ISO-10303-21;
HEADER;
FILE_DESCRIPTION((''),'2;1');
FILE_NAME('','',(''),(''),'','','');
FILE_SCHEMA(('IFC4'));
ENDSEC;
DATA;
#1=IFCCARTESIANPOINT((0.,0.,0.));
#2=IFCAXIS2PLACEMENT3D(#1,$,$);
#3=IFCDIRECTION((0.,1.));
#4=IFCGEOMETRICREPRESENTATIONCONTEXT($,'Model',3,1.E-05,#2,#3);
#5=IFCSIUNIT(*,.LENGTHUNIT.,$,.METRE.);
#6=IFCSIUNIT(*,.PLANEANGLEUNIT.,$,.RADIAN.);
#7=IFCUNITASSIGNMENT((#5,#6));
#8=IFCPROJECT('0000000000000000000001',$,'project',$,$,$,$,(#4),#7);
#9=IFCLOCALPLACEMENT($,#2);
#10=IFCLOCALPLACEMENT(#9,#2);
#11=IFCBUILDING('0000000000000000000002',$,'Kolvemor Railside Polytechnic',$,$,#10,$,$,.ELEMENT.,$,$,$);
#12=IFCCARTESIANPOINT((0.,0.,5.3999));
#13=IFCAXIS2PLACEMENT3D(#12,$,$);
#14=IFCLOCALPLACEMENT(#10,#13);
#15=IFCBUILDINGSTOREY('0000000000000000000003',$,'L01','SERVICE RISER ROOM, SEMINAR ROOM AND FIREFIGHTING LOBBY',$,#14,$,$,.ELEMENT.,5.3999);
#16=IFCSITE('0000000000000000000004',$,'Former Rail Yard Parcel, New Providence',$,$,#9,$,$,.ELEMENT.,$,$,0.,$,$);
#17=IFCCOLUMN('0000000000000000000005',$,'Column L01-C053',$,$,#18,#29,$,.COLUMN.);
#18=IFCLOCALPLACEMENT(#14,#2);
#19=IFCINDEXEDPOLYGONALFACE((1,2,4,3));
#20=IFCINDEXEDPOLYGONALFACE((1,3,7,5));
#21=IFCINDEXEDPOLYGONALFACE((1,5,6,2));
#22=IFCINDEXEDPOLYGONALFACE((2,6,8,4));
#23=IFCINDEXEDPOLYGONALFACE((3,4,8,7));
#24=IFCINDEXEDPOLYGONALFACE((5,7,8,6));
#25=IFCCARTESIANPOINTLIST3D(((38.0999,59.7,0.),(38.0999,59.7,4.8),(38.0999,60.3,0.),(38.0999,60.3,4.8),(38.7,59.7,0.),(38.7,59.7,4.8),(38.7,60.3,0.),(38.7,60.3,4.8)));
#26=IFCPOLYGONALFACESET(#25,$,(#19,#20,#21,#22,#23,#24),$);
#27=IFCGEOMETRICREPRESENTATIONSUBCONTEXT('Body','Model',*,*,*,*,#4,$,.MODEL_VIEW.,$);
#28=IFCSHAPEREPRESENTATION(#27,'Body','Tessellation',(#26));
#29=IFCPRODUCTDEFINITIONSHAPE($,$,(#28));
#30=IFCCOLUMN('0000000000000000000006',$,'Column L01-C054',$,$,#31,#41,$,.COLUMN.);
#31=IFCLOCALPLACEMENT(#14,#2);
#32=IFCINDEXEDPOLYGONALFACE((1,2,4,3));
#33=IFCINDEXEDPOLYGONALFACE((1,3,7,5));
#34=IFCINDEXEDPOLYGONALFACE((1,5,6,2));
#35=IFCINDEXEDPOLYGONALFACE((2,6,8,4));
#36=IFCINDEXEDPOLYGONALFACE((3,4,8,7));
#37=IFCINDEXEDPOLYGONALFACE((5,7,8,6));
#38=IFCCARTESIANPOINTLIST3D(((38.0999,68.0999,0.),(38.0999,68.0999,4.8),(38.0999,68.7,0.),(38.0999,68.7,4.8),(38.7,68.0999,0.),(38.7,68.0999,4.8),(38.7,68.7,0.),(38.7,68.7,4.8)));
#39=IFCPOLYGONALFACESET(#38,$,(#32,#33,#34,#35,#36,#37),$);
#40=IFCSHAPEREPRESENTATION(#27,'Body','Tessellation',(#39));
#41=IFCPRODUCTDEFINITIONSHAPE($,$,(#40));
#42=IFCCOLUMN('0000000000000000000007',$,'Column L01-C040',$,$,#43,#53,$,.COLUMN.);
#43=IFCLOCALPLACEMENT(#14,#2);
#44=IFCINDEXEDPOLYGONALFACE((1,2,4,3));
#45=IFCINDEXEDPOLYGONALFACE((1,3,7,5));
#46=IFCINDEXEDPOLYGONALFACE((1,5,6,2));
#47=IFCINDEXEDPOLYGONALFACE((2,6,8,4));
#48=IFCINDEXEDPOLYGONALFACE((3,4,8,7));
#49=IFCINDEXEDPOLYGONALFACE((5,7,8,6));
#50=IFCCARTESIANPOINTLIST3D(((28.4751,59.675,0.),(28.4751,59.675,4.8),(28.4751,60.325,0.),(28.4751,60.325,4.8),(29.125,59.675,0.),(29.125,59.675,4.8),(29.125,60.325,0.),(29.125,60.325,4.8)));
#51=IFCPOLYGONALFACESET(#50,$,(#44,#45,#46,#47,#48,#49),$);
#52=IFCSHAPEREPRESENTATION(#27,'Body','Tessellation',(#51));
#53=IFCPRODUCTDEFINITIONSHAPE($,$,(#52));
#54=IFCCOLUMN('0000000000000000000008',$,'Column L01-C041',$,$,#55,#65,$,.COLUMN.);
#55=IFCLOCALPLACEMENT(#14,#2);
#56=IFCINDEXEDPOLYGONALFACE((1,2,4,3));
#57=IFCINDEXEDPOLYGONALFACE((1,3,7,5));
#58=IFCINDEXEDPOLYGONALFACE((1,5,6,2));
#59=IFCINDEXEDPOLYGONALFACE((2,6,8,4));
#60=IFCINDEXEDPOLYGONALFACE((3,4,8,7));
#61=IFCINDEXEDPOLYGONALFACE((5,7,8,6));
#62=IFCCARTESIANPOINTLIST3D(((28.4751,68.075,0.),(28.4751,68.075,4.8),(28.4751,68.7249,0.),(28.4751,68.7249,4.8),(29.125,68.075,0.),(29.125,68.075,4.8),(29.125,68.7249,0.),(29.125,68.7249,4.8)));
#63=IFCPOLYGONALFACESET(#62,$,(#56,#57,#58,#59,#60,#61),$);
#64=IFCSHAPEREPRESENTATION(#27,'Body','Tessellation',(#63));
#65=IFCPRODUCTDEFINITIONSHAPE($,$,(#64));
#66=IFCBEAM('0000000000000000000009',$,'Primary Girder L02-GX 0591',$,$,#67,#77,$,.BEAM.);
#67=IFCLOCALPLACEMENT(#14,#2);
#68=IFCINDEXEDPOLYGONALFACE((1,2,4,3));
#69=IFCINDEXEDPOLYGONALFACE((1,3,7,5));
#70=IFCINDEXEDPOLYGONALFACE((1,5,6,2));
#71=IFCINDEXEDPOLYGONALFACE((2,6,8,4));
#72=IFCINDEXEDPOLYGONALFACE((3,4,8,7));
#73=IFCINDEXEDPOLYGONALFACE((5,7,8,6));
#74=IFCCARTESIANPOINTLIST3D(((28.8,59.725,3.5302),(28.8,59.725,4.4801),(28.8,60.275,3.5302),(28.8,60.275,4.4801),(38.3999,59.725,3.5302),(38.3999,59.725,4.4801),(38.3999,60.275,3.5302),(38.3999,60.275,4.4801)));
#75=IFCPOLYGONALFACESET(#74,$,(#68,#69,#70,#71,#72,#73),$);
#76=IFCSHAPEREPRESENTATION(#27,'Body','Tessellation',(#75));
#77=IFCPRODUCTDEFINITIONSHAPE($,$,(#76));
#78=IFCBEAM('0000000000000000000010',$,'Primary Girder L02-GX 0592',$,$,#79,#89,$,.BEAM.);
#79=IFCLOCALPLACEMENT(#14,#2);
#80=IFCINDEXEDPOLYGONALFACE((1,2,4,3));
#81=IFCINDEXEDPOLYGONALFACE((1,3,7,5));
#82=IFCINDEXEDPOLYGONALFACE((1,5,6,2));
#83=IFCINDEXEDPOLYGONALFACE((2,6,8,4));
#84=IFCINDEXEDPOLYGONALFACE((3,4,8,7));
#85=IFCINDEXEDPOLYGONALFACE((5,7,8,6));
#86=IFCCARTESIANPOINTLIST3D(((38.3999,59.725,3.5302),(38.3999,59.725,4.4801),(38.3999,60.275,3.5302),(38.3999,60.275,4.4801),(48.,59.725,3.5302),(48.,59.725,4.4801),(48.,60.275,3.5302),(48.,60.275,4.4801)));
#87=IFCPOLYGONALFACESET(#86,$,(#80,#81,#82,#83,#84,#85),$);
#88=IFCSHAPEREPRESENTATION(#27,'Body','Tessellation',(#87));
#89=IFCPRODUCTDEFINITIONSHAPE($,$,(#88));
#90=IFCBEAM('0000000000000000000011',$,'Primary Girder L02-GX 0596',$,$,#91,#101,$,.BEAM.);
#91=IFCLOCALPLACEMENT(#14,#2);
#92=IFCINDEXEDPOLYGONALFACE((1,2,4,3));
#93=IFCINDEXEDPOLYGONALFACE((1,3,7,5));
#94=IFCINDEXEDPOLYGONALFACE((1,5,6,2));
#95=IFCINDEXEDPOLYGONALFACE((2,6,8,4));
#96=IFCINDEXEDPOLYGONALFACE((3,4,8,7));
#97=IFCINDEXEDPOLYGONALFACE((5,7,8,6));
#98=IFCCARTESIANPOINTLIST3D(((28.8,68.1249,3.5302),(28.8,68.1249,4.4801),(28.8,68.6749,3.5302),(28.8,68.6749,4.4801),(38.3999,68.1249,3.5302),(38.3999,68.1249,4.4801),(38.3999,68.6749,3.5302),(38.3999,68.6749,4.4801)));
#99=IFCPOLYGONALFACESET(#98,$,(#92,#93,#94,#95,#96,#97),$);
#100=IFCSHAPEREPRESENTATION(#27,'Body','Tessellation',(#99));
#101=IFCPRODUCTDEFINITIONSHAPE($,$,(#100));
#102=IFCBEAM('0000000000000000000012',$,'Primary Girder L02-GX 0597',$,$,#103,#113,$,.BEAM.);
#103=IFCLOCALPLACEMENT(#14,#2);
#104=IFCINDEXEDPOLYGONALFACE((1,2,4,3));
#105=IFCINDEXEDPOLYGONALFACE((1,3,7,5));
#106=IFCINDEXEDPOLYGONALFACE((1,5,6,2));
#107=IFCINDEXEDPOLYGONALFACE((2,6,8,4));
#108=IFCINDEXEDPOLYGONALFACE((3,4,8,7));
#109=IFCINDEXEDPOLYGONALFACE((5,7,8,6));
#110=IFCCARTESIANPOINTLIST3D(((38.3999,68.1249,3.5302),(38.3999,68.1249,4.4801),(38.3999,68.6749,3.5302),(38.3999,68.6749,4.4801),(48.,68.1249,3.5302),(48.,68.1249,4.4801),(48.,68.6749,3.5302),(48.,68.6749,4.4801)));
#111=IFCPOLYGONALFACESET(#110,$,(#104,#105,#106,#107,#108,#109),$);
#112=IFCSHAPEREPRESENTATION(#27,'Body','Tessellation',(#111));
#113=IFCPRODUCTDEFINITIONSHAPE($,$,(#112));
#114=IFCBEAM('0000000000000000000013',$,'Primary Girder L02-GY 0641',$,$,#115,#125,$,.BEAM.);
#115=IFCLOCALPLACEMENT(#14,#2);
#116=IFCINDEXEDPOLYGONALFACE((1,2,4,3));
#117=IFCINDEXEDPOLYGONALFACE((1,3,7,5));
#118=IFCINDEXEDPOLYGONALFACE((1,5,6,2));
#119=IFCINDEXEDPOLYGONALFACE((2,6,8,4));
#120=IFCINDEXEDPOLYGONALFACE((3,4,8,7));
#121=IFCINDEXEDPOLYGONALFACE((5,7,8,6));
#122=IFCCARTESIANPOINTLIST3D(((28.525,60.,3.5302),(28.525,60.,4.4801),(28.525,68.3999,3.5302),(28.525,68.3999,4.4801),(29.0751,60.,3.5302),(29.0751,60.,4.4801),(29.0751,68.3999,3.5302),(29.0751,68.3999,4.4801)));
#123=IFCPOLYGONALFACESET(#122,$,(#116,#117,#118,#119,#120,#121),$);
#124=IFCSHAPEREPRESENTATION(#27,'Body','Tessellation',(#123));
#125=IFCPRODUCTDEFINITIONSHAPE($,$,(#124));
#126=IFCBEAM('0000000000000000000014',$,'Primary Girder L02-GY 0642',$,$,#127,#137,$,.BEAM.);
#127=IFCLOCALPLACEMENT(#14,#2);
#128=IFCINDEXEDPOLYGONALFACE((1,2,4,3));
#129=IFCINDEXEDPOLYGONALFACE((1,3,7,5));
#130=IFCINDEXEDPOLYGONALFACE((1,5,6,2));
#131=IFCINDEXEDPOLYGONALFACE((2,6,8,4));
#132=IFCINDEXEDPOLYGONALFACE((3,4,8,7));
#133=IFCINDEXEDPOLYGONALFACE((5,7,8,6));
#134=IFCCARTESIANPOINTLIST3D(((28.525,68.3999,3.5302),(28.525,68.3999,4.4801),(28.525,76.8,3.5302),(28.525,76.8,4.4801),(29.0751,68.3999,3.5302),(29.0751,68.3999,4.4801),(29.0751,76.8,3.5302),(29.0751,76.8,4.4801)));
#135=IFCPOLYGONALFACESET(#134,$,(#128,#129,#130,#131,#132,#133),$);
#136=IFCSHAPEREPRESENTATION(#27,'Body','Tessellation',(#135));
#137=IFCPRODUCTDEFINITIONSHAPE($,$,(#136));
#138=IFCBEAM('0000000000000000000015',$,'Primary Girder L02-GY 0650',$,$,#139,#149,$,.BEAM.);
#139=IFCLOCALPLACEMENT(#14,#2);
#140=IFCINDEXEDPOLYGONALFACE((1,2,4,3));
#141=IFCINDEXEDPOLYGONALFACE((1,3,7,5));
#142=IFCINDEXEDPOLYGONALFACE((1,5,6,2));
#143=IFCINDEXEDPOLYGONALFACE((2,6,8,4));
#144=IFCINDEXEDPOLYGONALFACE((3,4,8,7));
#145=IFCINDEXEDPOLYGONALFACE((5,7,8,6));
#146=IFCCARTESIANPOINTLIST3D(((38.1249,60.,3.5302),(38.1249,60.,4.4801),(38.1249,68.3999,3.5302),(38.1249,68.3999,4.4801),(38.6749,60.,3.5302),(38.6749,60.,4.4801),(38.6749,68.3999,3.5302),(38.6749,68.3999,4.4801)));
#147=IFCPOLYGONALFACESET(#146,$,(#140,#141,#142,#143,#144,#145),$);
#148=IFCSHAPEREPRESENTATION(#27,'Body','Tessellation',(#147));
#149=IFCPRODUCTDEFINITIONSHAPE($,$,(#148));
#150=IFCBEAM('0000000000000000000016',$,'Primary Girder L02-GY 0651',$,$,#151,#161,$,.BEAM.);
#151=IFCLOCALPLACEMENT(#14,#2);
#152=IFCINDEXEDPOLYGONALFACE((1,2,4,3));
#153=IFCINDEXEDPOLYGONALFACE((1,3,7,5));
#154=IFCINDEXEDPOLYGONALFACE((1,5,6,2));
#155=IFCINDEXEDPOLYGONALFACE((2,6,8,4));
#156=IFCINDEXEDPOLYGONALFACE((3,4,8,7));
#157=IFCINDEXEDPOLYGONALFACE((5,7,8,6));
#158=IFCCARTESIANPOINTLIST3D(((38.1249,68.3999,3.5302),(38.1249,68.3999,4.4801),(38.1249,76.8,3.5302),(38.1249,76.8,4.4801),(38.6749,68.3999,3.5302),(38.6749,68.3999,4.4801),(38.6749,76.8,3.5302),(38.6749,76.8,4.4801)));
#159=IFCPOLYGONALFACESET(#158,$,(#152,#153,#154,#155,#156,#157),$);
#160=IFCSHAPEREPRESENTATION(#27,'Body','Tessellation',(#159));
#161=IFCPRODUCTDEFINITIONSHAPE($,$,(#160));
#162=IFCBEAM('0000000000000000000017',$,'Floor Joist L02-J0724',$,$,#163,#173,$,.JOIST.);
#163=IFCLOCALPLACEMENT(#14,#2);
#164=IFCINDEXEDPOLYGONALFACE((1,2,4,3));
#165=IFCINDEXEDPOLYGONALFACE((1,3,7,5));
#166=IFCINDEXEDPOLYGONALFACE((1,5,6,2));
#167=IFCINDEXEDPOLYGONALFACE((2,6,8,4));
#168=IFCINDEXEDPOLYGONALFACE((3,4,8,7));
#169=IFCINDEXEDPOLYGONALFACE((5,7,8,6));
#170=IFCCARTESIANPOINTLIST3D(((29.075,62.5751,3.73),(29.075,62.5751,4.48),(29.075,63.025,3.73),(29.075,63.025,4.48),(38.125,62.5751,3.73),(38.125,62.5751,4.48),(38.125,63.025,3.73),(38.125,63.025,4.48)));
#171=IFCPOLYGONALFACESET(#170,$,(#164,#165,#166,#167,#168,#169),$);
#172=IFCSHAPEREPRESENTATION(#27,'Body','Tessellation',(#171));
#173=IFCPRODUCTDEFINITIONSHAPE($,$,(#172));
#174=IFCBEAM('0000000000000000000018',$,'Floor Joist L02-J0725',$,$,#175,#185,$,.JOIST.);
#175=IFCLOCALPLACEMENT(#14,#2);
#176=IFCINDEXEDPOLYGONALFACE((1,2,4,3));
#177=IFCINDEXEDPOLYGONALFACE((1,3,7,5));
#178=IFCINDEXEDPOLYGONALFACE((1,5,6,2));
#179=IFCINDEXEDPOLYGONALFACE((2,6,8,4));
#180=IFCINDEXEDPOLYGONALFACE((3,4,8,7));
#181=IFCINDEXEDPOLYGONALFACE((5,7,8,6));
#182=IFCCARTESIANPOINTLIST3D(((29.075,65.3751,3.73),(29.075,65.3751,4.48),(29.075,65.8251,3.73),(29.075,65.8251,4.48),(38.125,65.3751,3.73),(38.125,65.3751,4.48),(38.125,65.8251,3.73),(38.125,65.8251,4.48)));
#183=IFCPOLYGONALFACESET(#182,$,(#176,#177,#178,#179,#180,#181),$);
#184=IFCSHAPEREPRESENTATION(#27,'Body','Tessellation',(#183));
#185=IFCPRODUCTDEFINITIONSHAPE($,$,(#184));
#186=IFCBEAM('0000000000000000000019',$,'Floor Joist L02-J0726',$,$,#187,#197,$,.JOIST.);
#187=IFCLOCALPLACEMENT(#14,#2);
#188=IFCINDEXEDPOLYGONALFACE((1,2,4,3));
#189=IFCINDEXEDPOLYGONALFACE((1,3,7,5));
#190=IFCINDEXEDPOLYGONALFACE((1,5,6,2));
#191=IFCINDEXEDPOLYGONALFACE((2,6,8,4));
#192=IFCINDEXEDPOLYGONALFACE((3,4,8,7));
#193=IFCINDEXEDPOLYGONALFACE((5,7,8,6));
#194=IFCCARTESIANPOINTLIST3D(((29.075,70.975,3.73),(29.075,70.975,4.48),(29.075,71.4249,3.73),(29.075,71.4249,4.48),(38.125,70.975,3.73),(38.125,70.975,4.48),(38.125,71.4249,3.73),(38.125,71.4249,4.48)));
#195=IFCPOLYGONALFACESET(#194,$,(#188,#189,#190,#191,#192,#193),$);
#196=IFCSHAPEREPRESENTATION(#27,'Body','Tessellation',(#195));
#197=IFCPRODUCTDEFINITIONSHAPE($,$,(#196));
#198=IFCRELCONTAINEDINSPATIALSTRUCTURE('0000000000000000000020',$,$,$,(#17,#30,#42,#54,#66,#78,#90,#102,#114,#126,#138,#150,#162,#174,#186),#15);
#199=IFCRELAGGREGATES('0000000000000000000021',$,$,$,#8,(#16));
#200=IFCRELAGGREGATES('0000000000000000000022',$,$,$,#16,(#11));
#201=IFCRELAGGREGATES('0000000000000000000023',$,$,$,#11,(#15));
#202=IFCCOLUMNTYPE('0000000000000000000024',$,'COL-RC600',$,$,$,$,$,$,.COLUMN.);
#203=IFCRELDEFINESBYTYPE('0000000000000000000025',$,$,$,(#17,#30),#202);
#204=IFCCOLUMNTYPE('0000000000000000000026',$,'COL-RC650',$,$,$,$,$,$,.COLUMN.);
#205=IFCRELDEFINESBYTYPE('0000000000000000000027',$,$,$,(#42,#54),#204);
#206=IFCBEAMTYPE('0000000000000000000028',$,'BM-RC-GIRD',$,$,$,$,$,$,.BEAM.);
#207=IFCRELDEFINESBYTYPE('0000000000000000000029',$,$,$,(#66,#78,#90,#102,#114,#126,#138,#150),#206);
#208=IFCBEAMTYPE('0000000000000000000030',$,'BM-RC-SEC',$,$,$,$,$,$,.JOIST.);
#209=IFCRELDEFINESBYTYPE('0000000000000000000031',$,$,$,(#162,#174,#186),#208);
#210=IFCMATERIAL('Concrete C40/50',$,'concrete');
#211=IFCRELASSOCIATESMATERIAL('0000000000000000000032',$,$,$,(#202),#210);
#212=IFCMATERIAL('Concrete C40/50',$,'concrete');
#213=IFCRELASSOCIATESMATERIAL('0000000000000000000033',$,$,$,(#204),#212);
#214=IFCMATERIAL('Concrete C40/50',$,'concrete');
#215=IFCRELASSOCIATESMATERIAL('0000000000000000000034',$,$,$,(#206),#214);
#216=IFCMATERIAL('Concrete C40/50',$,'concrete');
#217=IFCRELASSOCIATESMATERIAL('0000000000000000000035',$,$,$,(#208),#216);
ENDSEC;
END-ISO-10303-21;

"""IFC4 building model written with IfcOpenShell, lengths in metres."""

from ifc_helpers import new_model, si_unit, direction, frame, origin, origin_2d, place, context, subcontext, project, spatial, rectangle, extrude, material, material_profile, profile_set, type_object, element, save


model = new_model("IFC4")

# Units and contexts
model_context = context("Model", 3, precision=1e-05, world=origin(), true_north=direction((0.0, 1.0)))
body_context = subcontext(model_context, "Body", "Model", "MODEL_VIEW")
ifc_project = project(units=[si_unit("LENGTHUNIT", "METRE"), si_unit("PLANEANGLEUNIT", "RADIAN")], contexts=[model_context])

# Site, building, storey
site_placement = place(None, origin())
site = spatial("IfcSite", under=ifc_project, at=site_placement, Name="Former Rail Yard Parcel, New Providence", CompositionType="ELEMENT", RefElevation=0.0)
building_placement = place(site_placement, origin())
building = spatial("IfcBuilding", under=site, at=building_placement, Name="Kolvemor Railside Polytechnic", CompositionType="ELEMENT")
storey_placement = place(building_placement, frame((0.0, 0.0, 5.3999)))
storey = spatial("IfcBuildingStorey", under=building, at=storey_placement, Name="L01", Description="SERVICE RISER ROOM, SEMINAR ROOM AND FIREFIGHTING LOBBY", CompositionType="ELEMENT", Elevation=5.3999)

# Columns
ifc_material_1 = material(Name="Concrete C40/50", Category="concrete")
ifc_material_profile_1 = material_profile(ifc_material_1, rectangle(XDim=0.6001, YDim=0.6001, at=origin_2d()), Name="RC600x600")
ifc_profile_set_1 = profile_set([ifc_material_profile_1], Name="Concrete C40/50")
column_type_1 = type_object("IfcColumnType", Name="COL-RC600", PredefinedType="COLUMN", material=ifc_profile_set_1)
for number, where, z_axis, x_axis, name in (
    (1, (38.3999, 60.0, 0.0), (0.0, 0.0, 1.0), (1.0, 0.0, 0.0), "Column L01-C053"),
    (2, (38.3999, 68.3999, 0.0), (0.0, 0.0, 1.0), (1.0, 0.0, 0.0), "Column L01-C054"),
):
    element("IfcColumn", number, at=place(storey_placement, frame(where, z_axis=z_axis, x_axis=x_axis)), inside=storey, type_object=column_type_1, Name=name, PredefinedType="COLUMN", context=body_context, shape_type="SweptSolid", body=[
        extrude(rectangle(XDim=0.6001, YDim=0.6001, at=origin_2d()), origin(), (0.0, 0.0, 1.0), 4.8),
    ])
ifc_material_2 = material(Name="Concrete C40/50", Category="concrete")
ifc_material_profile_2 = material_profile(ifc_material_2, rectangle(XDim=0.6499, YDim=0.6499, at=origin_2d()), Name="RC650x650")
ifc_profile_set_2 = profile_set([ifc_material_profile_2], Name="Concrete C40/50")
column_type_2 = type_object("IfcColumnType", Name="COL-RC650", PredefinedType="COLUMN", material=ifc_profile_set_2)
for number, where, z_axis, x_axis, name in (
    (3, (28.8, 60.0, 0.0), (0.0, 0.0, 1.0), (1.0, 0.0, 0.0), "Column L01-C040"),
    (4, (28.8, 68.3999, 0.0), (0.0, 0.0, 1.0), (1.0, 0.0, 0.0), "Column L01-C041"),
):
    element("IfcColumn", number, at=place(storey_placement, frame(where, z_axis=z_axis, x_axis=x_axis)), inside=storey, type_object=column_type_2, Name=name, PredefinedType="COLUMN", context=body_context, shape_type="SweptSolid", body=[
        extrude(rectangle(XDim=0.6499, YDim=0.6499, at=origin_2d()), origin(), (0.0, 0.0, 1.0), 4.8),
    ])

# Beams
ifc_material_3 = material(Name="Concrete C40/50", Category="concrete")
ifc_material_profile_3 = material_profile(ifc_material_3, rectangle(XDim=0.55, YDim=0.95, at=origin_2d()), Name="RC550x950")
ifc_profile_set_3 = profile_set([ifc_material_profile_3], Name="Concrete C40/50")
beam_type_1 = type_object("IfcBeamType", Name="BM-RC-GIRD", PredefinedType="BEAM", material=ifc_profile_set_3)
beam_1_placement = place(storey_placement, frame((28.8, 60.0, 4.0051), z_axis=(1.0, 0.0, 0.0), x_axis=(0.0, 1.0, 0.0)))
element("IfcBeam", 5, at=beam_1_placement, inside=storey, type_object=beam_type_1, Name="Primary Girder L02-GX 0591", PredefinedType="BEAM", context=body_context, shape_type="SweptSolid", body=[
    extrude(rectangle(XDim=0.55, YDim=0.95, at=origin_2d()), origin(), (0.0, 0.0, 1.0), 9.5999),
])
beam_2_placement = place(storey_placement, frame((38.3999, 60.0, 4.0051), z_axis=(1.0, 0.0, 0.0), x_axis=(0.0, 1.0, 0.0)))
element("IfcBeam", 6, at=beam_2_placement, inside=storey, type_object=beam_type_1, Name="Primary Girder L02-GX 0592", PredefinedType="BEAM", context=body_context, shape_type="SweptSolid", body=[
    extrude(rectangle(XDim=0.55, YDim=0.95, at=origin_2d()), origin(), (0.0, 0.0, 1.0), 9.6001),
])
beam_3_placement = place(storey_placement, frame((28.8, 68.3999, 4.0051), z_axis=(1.0, 0.0, 0.0), x_axis=(0.0, 1.0, 0.0)))
element("IfcBeam", 7, at=beam_3_placement, inside=storey, type_object=beam_type_1, Name="Primary Girder L02-GX 0596", PredefinedType="BEAM", context=body_context, shape_type="SweptSolid", body=[
    extrude(rectangle(XDim=0.55, YDim=0.95, at=origin_2d()), origin(), (0.0, 0.0, 1.0), 9.5999),
])
beam_4_placement = place(storey_placement, frame((38.3999, 68.3999, 4.0051), z_axis=(1.0, 0.0, 0.0), x_axis=(0.0, 1.0, 0.0)))
element("IfcBeam", 8, at=beam_4_placement, inside=storey, type_object=beam_type_1, Name="Primary Girder L02-GX 0597", PredefinedType="BEAM", context=body_context, shape_type="SweptSolid", body=[
    extrude(rectangle(XDim=0.55, YDim=0.95, at=origin_2d()), origin(), (0.0, 0.0, 1.0), 9.6001),
])
beam_5_placement = place(storey_placement, frame((28.8, 60.0, 4.0051), z_axis=(0.0, 1.0, 0.0), x_axis=(-1.0, 0.0, 0.0)))
element("IfcBeam", 9, at=beam_5_placement, inside=storey, type_object=beam_type_1, Name="Primary Girder L02-GY 0641", PredefinedType="BEAM", context=body_context, shape_type="SweptSolid", body=[
    extrude(rectangle(XDim=0.55, YDim=0.95, at=origin_2d()), origin(), (0.0, 0.0, 1.0), 8.3999),
])
beam_6_placement = place(storey_placement, frame((28.8, 68.3999, 4.0051), z_axis=(0.0, 1.0, 0.0), x_axis=(-1.0, 0.0, 0.0)))
element("IfcBeam", 10, at=beam_6_placement, inside=storey, type_object=beam_type_1, Name="Primary Girder L02-GY 0642", PredefinedType="BEAM", context=body_context, shape_type="SweptSolid", body=[
    extrude(rectangle(XDim=0.55, YDim=0.95, at=origin_2d()), origin(), (0.0, 0.0, 1.0), 8.4001),
])
beam_7_placement = place(storey_placement, frame((38.3999, 60.0, 4.0051), z_axis=(0.0, 1.0, 0.0), x_axis=(-1.0, 0.0, 0.0)))
element("IfcBeam", 11, at=beam_7_placement, inside=storey, type_object=beam_type_1, Name="Primary Girder L02-GY 0650", PredefinedType="BEAM", context=body_context, shape_type="SweptSolid", body=[
    extrude(rectangle(XDim=0.55, YDim=0.95, at=origin_2d()), origin(), (0.0, 0.0, 1.0), 8.3999),
])
beam_8_placement = place(storey_placement, frame((38.3999, 68.3999, 4.0051), z_axis=(0.0, 1.0, 0.0), x_axis=(-1.0, 0.0, 0.0)))
element("IfcBeam", 12, at=beam_8_placement, inside=storey, type_object=beam_type_1, Name="Primary Girder L02-GY 0651", PredefinedType="BEAM", context=body_context, shape_type="SweptSolid", body=[
    extrude(rectangle(XDim=0.55, YDim=0.95, at=origin_2d()), origin(), (0.0, 0.0, 1.0), 8.4001),
])
ifc_material_4 = material(Name="Concrete C40/50", Category="concrete")
ifc_material_profile_4 = material_profile(ifc_material_4, rectangle(XDim=0.45, YDim=0.75, at=origin_2d()), Name="RC450x750")
ifc_profile_set_4 = profile_set([ifc_material_profile_4], Name="Concrete C40/50")
beam_type_2 = type_object("IfcBeamType", Name="BM-RC-SEC", PredefinedType="JOIST", material=ifc_profile_set_4)
for number, where, z_axis, x_axis, name in (
    (13, (29.075, 62.8, 4.105), (1.0, 0.0, 0.0), (0.0, 1.0, 0.0), "Floor Joist L02-J0724"),
    (14, (29.075, 65.6001, 4.105), (1.0, 0.0, 0.0), (0.0, 1.0, 0.0), "Floor Joist L02-J0725"),
    (15, (29.075, 71.2, 4.105), (1.0, 0.0, 0.0), (0.0, 1.0, 0.0), "Floor Joist L02-J0726"),
):
    element("IfcBeam", number, at=place(storey_placement, frame(where, z_axis=z_axis, x_axis=x_axis)), inside=storey, type_object=beam_type_2, Name=name, PredefinedType="JOIST", context=body_context, shape_type="SweptSolid", body=[
        extrude(rectangle(XDim=0.45, YDim=0.75, at=origin_2d()), origin(), (0.0, 0.0, 1.0), 9.05),
    ])

save(model, "model.ifc")
